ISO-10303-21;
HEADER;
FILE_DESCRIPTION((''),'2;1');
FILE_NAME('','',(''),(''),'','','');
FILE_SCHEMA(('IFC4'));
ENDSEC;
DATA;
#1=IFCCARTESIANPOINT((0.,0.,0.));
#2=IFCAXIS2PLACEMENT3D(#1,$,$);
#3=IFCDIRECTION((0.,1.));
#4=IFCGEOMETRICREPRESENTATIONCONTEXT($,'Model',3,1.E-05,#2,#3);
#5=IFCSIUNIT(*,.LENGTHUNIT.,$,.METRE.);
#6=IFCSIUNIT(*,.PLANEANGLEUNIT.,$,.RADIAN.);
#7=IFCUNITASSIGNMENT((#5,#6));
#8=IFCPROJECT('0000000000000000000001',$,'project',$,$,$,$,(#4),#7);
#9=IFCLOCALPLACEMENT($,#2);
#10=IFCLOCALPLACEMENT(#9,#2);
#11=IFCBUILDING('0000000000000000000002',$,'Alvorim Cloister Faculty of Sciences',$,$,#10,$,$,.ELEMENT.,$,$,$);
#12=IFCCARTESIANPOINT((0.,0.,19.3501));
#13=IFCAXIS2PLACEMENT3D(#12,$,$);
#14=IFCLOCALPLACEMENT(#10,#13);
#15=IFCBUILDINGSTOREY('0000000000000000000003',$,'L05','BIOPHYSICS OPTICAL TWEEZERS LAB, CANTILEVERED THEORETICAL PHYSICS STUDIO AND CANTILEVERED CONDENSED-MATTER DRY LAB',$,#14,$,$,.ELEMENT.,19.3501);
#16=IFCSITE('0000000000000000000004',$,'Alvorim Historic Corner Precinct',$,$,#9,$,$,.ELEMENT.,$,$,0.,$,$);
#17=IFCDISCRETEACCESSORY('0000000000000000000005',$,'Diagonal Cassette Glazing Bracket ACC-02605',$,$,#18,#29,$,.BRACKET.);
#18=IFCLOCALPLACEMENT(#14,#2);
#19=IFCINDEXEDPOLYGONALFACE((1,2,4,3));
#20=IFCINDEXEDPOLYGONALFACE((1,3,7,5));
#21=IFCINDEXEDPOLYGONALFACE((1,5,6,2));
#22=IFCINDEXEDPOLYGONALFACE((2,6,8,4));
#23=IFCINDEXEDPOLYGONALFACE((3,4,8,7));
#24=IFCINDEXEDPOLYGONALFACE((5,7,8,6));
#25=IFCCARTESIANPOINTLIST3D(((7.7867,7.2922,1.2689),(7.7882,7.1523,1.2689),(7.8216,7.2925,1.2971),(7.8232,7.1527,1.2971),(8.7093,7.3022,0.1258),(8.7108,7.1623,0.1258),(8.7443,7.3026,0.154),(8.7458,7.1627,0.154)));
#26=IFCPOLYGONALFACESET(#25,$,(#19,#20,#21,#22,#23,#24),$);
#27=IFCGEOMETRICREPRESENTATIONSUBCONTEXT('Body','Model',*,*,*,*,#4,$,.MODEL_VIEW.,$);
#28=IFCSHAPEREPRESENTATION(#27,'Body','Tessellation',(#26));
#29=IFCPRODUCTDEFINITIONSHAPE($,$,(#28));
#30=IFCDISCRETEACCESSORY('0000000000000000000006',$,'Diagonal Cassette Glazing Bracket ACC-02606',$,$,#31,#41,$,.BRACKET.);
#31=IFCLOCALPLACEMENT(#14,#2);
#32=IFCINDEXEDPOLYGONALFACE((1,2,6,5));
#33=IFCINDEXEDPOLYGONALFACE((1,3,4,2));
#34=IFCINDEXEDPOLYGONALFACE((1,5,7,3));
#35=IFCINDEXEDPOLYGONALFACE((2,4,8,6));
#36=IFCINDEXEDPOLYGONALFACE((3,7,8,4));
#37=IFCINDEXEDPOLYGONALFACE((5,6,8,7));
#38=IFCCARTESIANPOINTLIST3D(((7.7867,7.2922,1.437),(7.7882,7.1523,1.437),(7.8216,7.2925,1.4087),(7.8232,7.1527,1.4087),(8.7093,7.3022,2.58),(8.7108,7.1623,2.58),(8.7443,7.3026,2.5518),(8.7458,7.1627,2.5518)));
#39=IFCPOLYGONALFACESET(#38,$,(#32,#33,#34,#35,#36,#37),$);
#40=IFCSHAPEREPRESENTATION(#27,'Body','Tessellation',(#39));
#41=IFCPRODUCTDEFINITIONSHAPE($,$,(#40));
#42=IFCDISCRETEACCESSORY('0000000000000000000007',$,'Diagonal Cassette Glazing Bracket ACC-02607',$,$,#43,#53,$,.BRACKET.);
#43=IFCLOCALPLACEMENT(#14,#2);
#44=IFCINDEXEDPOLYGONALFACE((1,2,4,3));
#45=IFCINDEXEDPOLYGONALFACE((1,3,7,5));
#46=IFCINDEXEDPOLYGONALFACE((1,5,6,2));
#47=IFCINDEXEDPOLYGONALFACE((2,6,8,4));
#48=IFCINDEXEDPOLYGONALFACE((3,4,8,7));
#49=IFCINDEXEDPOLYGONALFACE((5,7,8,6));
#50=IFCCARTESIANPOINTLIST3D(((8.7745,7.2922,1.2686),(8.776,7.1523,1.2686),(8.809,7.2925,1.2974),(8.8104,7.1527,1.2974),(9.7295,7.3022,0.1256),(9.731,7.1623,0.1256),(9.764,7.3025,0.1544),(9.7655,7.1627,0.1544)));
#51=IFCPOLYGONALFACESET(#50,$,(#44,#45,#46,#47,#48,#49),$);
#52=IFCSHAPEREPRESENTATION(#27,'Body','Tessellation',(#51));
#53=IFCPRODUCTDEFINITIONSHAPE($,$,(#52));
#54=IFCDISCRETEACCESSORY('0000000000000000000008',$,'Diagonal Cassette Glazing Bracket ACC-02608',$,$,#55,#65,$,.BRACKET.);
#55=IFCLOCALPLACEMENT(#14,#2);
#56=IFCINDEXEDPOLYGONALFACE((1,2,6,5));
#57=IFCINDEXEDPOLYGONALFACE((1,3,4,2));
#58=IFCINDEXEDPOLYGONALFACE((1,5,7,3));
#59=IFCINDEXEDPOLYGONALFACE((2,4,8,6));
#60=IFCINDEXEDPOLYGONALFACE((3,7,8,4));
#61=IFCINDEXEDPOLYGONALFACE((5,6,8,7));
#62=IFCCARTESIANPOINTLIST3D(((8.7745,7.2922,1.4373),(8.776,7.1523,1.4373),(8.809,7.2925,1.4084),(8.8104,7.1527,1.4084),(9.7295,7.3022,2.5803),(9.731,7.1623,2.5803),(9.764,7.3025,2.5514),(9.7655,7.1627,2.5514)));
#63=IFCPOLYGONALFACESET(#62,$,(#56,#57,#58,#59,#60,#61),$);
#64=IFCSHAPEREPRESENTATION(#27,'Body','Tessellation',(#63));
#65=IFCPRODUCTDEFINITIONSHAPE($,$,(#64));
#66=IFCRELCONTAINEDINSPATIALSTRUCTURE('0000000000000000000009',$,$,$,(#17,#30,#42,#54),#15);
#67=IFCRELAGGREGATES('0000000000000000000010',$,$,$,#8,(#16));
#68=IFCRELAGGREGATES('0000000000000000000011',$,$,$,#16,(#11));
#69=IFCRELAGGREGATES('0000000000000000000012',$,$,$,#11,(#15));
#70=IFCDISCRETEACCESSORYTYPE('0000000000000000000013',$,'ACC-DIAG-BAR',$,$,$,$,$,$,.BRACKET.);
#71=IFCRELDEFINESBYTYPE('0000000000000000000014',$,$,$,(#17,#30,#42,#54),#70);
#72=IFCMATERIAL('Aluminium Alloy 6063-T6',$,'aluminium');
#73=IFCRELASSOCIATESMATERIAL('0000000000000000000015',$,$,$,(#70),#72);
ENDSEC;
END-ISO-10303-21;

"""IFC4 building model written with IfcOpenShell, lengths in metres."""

from ifc_helpers import new_model, si_unit, direction, frame, origin, origin_2d, place, context, subcontext, project, spatial, rectangle, extrude, material, type_object, element, save


model = new_model("IFC4")

# Units and contexts
model_context = context("Model", 3, precision=1e-05, world=origin(), true_north=direction((0.0, 1.0)))
body_context = subcontext(model_context, "Body", "Model", "MODEL_VIEW")
ifc_project = project(units=[si_unit("LENGTHUNIT", "METRE"), si_unit("PLANEANGLEUNIT", "RADIAN")], contexts=[model_context])

# Site, building, storey
site_placement = place(None, origin())
site = spatial("IfcSite", under=ifc_project, at=site_placement, Name="Alvorim Historic Corner Precinct", CompositionType="ELEMENT", RefElevation=0.0)
building_placement = place(site_placement, origin())
building = spatial("IfcBuilding", under=site, at=building_placement, Name="Alvorim Cloister Faculty of Sciences", CompositionType="ELEMENT")
storey_placement = place(building_placement, frame((0.0, 0.0, 19.3501)))
storey = spatial("IfcBuildingStorey", under=building, at=storey_placement, Name="L05", Description="BIOPHYSICS OPTICAL TWEEZERS LAB, CANTILEVERED THEORETICAL PHYSICS STUDIO AND CANTILEVERED CONDENSED-MATTER DRY LAB", CompositionType="ELEMENT", Elevation=19.3501)

# Shared definitions
ifc_material_1 = material(Name="Aluminium Alloy 6063-T6", Category="aluminium")

# Discrete accessories
discrete_accessory_type = type_object("IfcDiscreteAccessoryType", Name="ACC-DIAG-BAR", PredefinedType="BRACKET", material=ifc_material_1)
for number, where, z_axis, x_axis, name in (
    (1, (7.8049, 7.2224, 1.283), (0.628059, 0.006814, -0.778136), (-0.010849, 0.999941, 0.0), "Diagonal Cassette Glazing Bracket ACC-02605"),
    (2, (7.8049, 7.2224, 1.4229), (0.628059, 0.006814, 0.778136), (-0.010849, 0.999941, 0.0), "Diagonal Cassette Glazing Bracket ACC-02606"),
):
    element("IfcDiscreteAccessory", number, at=place(storey_placement, frame(where, z_axis=z_axis, x_axis=x_axis)), inside=storey, type_object=discrete_accessory_type, Name=name, PredefinedType="BRACKET", context=body_context, shape_type="SweptSolid", body=[
        extrude(rectangle(XDim=0.1399, YDim=0.0449, at=origin_2d()), origin(), (0.0, 0.0, 1.0), 1.469),
    ])
for number, where, z_axis, x_axis, name in (
    (3, (8.7925, 7.2224, 1.283), (0.641169, 0.00672, -0.76737), (-0.01048, 0.999945, 0.0), "Diagonal Cassette Glazing Bracket ACC-02607"),
    (4, (8.7925, 7.2224, 1.4229), (0.641169, 0.00672, 0.76737), (-0.01048, 0.999945, 0.0), "Diagonal Cassette Glazing Bracket ACC-02608"),
):
    element("IfcDiscreteAccessory", number, at=place(storey_placement, frame(where, z_axis=z_axis, x_axis=x_axis)), inside=storey, type_object=discrete_accessory_type, Name=name, PredefinedType="BRACKET", context=body_context, shape_type="SweptSolid", body=[
        extrude(rectangle(XDim=0.1399, YDim=0.0449, at=origin_2d()), origin(), (0.0, 0.0, 1.0), 1.4895),
    ])

save(model, "model.ifc")
